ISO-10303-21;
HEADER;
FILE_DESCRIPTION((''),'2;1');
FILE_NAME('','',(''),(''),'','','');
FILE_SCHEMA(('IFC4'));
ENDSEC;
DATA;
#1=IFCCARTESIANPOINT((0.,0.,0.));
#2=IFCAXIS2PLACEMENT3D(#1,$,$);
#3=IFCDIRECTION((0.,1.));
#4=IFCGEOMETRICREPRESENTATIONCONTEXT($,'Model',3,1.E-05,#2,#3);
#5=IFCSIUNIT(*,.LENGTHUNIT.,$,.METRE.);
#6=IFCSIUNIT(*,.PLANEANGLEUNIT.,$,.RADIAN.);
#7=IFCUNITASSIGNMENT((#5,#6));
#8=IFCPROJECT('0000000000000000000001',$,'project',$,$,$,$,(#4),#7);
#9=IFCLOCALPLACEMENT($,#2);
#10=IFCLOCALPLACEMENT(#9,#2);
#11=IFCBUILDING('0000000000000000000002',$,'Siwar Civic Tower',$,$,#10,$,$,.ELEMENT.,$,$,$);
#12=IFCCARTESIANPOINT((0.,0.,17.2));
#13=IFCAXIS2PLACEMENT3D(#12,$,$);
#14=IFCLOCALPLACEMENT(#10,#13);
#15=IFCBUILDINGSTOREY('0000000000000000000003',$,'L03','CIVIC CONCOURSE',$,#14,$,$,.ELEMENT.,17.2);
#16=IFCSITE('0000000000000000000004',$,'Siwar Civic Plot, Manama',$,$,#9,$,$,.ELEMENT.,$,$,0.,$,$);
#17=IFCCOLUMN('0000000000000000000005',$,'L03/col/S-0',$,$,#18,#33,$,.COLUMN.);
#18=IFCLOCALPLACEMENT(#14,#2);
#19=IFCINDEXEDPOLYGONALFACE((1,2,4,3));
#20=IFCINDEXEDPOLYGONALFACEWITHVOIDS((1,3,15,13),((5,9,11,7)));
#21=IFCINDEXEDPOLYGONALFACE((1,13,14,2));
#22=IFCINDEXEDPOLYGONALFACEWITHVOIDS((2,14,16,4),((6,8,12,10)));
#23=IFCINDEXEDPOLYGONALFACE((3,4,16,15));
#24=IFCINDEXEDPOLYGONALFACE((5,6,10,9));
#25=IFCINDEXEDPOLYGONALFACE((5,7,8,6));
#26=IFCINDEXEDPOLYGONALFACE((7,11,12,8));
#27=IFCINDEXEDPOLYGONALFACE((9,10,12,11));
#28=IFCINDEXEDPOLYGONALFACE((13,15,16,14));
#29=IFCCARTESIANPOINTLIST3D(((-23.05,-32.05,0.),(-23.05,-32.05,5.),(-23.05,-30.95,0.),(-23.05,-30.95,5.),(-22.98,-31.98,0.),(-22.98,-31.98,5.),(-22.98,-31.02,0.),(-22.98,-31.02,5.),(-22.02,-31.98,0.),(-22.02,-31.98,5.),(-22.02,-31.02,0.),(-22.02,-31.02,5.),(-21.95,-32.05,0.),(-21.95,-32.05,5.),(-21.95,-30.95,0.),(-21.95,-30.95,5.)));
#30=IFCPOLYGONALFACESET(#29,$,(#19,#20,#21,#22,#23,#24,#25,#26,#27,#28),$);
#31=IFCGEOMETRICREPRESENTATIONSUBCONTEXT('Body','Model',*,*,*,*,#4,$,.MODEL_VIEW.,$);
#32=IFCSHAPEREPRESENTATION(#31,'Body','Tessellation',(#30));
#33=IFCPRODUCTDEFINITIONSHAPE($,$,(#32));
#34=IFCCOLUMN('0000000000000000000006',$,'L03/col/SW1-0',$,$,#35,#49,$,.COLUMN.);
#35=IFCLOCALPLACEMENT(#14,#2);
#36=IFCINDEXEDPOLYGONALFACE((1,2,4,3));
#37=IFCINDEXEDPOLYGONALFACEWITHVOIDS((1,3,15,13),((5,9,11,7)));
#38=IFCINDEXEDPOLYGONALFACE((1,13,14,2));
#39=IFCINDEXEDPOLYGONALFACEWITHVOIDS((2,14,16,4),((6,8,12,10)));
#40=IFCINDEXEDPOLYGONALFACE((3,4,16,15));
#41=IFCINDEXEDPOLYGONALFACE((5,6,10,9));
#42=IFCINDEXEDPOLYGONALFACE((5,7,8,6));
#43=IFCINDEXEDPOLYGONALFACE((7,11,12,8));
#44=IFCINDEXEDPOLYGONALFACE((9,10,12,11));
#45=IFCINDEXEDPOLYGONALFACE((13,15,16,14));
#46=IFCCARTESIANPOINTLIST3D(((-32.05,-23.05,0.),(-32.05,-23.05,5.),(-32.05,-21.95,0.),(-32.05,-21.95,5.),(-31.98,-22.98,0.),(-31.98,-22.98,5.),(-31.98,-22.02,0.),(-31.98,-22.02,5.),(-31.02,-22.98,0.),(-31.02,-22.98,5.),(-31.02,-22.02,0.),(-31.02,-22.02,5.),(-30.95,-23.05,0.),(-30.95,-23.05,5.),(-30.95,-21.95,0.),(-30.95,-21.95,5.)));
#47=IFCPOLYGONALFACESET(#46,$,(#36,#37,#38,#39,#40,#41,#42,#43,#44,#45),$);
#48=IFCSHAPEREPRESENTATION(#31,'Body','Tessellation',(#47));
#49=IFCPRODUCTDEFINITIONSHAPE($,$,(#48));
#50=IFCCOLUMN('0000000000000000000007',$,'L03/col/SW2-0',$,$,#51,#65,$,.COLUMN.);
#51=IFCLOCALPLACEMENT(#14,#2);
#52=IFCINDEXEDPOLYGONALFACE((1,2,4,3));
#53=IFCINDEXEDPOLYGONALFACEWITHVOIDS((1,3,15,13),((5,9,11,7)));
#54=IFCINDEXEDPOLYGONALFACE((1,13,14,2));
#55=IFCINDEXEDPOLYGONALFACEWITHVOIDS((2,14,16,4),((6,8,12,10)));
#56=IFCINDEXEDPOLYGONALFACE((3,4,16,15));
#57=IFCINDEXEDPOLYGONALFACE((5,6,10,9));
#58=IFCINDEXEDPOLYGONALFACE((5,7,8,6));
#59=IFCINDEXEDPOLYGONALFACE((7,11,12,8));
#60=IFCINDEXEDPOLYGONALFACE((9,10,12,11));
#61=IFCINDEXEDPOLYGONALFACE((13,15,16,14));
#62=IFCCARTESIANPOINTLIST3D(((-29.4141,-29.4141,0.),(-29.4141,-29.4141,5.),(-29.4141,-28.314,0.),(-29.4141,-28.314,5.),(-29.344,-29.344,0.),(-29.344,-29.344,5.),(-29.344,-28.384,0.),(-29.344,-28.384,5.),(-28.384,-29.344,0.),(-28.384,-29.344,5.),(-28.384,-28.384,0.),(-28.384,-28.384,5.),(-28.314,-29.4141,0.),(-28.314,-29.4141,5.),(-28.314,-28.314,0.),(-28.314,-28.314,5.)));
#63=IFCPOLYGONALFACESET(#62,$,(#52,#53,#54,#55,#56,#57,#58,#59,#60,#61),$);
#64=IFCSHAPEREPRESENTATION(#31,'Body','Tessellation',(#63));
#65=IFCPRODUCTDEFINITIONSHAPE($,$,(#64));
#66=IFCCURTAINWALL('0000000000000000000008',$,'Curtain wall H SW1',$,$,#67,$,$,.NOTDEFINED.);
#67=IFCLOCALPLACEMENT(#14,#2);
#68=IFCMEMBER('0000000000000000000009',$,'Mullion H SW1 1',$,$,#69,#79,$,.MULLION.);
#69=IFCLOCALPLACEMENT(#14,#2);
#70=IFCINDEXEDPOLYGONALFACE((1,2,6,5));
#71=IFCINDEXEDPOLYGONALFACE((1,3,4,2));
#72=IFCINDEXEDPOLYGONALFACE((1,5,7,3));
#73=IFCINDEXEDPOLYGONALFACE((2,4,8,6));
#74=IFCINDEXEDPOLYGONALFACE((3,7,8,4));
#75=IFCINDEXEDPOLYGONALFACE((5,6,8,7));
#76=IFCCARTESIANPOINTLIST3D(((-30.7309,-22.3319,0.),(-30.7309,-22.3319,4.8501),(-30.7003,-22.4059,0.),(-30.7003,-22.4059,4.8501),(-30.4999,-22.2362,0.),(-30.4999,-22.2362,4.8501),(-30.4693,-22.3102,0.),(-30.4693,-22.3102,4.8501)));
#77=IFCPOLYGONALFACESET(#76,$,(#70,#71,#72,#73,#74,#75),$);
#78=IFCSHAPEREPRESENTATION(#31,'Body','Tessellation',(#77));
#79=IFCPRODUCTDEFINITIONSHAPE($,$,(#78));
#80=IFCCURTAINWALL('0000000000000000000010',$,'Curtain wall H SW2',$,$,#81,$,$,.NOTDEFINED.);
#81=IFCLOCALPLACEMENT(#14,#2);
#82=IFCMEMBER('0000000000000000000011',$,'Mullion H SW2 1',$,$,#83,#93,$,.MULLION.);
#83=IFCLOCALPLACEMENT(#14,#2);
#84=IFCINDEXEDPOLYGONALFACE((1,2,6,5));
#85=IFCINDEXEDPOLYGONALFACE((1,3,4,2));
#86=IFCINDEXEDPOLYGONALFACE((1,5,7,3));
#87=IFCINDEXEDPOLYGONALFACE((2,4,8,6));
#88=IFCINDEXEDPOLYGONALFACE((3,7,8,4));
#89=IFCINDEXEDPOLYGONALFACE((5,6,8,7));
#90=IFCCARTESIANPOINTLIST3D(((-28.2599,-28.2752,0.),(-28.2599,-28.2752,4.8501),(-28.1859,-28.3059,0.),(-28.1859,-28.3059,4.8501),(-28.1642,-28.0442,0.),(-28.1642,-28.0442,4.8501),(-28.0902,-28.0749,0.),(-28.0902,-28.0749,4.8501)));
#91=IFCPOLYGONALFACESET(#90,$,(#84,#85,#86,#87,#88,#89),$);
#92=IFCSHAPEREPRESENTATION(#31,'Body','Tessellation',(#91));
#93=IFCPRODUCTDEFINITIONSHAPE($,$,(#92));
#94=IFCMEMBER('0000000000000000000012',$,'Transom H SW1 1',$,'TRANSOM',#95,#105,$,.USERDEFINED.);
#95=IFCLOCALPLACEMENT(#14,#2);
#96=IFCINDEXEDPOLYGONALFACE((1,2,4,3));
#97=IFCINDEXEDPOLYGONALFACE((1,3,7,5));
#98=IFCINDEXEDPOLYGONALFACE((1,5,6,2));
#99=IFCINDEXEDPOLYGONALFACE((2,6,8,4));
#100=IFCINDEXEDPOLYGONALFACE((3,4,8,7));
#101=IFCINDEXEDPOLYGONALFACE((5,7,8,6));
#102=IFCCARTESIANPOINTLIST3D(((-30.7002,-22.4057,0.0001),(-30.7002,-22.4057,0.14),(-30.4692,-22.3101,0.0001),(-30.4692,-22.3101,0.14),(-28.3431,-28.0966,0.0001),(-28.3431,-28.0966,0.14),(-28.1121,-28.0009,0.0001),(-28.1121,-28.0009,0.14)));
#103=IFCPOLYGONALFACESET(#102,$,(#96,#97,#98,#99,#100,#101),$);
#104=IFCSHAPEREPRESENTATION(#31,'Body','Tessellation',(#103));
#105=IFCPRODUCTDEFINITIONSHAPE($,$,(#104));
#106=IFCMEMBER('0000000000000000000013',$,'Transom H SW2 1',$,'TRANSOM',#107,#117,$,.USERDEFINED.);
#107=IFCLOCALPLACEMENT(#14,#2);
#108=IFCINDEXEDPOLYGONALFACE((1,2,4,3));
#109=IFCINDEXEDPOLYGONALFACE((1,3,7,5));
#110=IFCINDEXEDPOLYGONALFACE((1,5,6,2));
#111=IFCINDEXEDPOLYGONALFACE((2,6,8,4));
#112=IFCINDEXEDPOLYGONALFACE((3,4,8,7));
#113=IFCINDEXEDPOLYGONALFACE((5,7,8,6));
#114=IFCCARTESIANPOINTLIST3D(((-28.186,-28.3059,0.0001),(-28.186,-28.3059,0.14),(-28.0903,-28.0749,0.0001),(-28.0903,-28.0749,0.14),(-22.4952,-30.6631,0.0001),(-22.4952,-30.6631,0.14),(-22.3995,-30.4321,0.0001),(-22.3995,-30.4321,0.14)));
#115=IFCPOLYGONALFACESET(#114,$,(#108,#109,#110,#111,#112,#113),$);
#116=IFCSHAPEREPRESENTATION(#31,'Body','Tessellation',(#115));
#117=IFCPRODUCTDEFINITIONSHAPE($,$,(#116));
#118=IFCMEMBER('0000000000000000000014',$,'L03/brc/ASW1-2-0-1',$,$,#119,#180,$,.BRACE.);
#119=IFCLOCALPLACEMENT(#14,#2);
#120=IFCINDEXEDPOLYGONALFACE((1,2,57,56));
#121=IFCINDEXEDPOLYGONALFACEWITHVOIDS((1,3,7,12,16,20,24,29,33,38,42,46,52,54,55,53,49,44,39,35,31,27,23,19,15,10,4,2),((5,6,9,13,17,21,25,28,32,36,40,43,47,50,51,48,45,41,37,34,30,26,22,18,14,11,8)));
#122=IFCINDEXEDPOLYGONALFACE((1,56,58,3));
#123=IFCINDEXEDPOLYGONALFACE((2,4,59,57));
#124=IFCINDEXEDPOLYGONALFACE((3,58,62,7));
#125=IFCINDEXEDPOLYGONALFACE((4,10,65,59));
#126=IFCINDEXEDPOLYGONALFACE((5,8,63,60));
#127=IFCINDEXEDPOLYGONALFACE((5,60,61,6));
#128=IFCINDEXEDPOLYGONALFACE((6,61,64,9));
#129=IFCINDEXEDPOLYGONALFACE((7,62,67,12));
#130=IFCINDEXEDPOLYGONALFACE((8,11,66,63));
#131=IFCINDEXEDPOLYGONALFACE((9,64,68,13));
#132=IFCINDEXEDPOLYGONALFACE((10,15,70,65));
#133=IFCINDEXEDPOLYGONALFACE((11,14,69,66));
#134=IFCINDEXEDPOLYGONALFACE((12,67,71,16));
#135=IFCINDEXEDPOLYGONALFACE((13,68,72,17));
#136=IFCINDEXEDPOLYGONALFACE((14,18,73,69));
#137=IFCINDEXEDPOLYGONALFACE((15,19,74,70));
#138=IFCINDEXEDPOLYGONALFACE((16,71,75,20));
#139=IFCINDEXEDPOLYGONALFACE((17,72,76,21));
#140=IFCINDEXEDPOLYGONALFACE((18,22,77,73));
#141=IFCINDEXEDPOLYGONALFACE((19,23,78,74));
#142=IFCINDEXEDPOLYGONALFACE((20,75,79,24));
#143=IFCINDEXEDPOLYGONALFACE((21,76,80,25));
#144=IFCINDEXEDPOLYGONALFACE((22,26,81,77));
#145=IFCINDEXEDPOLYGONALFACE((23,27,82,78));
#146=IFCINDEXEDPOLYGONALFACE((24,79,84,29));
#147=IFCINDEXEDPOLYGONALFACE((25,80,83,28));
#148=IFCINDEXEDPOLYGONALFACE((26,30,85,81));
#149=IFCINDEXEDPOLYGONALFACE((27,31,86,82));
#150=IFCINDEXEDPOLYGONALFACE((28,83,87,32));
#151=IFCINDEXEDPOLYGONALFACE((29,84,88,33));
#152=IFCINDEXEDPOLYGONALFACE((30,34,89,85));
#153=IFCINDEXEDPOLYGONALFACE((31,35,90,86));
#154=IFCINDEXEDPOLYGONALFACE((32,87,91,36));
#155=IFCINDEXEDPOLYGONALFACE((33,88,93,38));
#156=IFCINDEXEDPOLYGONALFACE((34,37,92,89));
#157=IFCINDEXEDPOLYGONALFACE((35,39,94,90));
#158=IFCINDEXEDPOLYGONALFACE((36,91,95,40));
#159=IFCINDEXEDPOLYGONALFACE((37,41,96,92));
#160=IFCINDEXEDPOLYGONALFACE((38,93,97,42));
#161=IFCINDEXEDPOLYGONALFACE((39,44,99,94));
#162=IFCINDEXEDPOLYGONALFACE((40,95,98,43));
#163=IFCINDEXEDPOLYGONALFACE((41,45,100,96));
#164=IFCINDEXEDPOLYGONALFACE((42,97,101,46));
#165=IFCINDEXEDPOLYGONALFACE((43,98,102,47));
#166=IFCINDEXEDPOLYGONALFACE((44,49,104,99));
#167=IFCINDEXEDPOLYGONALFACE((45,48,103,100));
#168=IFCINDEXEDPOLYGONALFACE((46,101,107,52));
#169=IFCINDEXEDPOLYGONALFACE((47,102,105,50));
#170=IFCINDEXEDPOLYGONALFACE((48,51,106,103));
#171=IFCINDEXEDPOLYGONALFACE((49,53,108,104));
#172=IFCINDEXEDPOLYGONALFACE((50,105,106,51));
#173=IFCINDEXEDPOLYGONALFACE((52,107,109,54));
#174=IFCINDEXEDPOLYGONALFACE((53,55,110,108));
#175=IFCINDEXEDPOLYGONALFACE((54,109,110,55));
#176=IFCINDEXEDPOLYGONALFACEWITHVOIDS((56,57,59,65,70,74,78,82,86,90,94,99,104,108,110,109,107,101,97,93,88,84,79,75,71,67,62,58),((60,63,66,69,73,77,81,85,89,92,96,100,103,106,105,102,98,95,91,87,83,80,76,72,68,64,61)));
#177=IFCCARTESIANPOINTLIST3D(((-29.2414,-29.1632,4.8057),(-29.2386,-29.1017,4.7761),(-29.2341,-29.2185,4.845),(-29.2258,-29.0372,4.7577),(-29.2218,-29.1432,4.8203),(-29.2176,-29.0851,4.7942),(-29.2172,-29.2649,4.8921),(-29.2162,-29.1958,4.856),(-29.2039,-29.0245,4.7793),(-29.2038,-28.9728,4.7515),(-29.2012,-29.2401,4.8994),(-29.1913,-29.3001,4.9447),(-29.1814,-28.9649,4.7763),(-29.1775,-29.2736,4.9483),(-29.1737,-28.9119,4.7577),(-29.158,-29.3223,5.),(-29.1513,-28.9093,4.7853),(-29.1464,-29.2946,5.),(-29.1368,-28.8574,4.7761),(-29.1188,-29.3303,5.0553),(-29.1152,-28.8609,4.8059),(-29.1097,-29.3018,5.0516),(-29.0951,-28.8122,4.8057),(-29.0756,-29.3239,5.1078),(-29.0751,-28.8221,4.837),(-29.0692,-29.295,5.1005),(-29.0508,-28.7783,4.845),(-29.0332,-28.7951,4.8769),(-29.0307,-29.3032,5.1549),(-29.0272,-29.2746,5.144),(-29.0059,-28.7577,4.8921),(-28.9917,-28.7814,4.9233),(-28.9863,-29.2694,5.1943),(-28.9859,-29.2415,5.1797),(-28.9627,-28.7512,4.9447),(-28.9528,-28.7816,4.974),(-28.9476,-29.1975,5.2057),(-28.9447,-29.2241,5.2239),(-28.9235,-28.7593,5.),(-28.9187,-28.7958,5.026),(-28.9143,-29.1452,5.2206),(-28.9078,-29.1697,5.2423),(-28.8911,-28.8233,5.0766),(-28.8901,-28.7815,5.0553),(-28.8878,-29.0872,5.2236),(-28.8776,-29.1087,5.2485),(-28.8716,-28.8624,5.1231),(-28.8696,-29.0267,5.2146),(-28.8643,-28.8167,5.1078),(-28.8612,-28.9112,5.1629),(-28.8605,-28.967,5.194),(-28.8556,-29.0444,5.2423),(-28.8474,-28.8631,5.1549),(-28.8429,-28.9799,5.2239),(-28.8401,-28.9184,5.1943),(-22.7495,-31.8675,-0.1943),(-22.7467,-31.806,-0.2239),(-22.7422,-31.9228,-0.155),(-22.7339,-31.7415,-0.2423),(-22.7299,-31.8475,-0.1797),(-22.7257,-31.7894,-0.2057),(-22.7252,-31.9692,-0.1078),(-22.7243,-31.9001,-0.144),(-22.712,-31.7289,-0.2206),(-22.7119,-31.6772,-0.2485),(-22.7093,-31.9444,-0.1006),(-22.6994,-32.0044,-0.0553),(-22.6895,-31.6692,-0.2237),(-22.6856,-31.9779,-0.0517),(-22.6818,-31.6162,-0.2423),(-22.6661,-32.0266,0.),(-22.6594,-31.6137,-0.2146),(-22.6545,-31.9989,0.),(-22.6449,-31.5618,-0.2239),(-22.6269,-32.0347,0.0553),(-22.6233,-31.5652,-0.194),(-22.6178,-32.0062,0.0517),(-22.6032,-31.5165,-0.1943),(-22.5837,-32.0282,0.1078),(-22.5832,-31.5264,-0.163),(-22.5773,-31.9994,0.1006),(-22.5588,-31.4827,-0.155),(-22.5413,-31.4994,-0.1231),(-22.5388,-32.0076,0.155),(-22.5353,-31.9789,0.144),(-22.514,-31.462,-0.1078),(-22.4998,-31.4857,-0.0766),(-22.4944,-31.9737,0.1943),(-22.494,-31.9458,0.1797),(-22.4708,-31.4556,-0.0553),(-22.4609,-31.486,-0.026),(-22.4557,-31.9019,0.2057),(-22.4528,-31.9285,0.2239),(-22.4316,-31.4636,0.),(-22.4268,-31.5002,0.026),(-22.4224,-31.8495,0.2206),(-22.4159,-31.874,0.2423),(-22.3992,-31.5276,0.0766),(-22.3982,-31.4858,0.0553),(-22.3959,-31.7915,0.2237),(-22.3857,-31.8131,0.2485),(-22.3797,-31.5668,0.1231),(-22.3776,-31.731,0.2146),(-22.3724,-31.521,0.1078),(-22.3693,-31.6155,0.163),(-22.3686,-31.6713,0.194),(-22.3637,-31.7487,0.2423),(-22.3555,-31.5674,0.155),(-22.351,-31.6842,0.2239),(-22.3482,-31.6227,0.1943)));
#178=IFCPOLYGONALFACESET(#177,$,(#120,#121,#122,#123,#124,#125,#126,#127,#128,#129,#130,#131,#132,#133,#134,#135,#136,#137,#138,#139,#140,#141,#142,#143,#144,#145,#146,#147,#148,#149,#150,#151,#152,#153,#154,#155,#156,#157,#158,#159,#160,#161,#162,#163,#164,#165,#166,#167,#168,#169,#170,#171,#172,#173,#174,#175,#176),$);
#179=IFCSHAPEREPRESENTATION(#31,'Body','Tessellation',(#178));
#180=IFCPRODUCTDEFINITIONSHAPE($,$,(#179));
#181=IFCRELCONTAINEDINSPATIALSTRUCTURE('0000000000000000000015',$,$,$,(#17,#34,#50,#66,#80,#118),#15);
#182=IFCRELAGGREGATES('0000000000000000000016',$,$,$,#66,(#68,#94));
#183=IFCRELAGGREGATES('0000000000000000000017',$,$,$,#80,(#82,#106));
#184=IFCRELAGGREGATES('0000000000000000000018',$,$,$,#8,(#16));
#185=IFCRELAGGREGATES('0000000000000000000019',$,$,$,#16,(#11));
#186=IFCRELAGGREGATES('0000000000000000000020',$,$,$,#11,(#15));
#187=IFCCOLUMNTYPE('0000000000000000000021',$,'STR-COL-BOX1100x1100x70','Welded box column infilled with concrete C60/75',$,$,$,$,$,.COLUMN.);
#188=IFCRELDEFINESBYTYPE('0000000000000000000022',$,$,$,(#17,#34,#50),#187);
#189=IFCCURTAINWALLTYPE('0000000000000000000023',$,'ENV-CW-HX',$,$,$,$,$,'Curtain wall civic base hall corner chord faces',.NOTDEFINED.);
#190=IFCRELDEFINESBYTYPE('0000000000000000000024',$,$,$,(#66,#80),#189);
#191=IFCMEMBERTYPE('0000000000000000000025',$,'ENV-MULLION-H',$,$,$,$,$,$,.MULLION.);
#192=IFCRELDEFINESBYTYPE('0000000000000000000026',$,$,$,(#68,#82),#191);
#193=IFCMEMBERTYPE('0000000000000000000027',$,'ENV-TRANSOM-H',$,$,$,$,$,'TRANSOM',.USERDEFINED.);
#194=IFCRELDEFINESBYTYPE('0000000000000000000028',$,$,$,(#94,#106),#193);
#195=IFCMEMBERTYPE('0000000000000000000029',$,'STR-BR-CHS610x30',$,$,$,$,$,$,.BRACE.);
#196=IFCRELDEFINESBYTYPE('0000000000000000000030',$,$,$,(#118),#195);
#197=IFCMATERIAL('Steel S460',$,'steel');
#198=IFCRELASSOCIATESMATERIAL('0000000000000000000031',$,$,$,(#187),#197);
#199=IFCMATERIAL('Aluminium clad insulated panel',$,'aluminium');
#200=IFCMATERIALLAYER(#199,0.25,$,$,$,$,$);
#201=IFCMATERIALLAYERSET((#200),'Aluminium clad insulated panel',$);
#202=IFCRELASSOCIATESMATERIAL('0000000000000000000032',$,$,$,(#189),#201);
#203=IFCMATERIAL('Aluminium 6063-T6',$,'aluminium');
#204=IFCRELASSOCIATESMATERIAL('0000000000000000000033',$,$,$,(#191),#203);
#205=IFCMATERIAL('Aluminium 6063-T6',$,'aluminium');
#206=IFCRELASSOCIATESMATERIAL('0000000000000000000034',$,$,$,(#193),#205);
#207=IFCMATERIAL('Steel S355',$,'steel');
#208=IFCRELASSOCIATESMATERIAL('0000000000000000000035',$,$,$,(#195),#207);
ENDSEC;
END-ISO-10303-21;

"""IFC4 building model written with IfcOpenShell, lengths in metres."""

from ifc_helpers import new_model, si_unit, direction, frame, origin, origin_2d, place, context, subcontext, project, spatial, rectangle, hollow_rectangle, hollow_circle, extrude, material, layer, layer_set, material_profile, profile_set, type_object, element, aggregate, save


model = new_model("IFC4")

# Units and contexts
model_context = context("Model", 3, precision=1e-05, world=origin(), true_north=direction((0.0, 1.0)))
body_context = subcontext(model_context, "Body", "Model", "MODEL_VIEW")
ifc_project = project(units=[si_unit("LENGTHUNIT", "METRE"), si_unit("PLANEANGLEUNIT", "RADIAN")], contexts=[model_context])

# Site, building, storey
site_placement = place(None, origin())
site = spatial("IfcSite", under=ifc_project, at=site_placement, Name="Siwar Civic Plot, Manama", CompositionType="ELEMENT", RefElevation=0.0)
building_placement = place(site_placement, origin())
building = spatial("IfcBuilding", under=site, at=building_placement, Name="Siwar Civic Tower", CompositionType="ELEMENT")
storey_placement = place(building_placement, frame((0.0, 0.0, 17.2)))
storey = spatial("IfcBuildingStorey", under=building, at=storey_placement, Name="L03", Description="CIVIC CONCOURSE", CompositionType="ELEMENT", Elevation=17.2)

# Columns
ifc_material_1 = material(Name="Steel S460", Category="steel")
ifc_material_profile_1 = material_profile(ifc_material_1, hollow_rectangle(XDim=1.1001, YDim=1.1001, WallThickness=0.0701, at=origin_2d()), Name="BOX1100x1100x70")
ifc_profile_set_1 = profile_set([ifc_material_profile_1], Name="Steel S460")
column_type = type_object("IfcColumnType", Name="STR-COL-BOX1100x1100x70", Description="Welded box column infilled with concrete C60/75", PredefinedType="COLUMN", material=ifc_profile_set_1)
for number, where, z_axis, x_axis, name in (
    (1, (-22.5, -31.5, 0.0), (0.0, 0.0, 1.0), (1.0, 0.0, 0.0), "L03/col/S-0"),
    (2, (-31.5, -22.5, 0.0), (0.0, 0.0, 1.0), (1.0, 0.0, 0.0), "L03/col/SW1-0"),
    (3, (-28.864, -28.864, 0.0), (0.0, 0.0, 1.0), (1.0, 0.0, 0.0), "L03/col/SW2-0"),
):
    element("IfcColumn", number, at=place(storey_placement, frame(where, z_axis=z_axis, x_axis=x_axis)), inside=storey, type_object=column_type, Name=name, PredefinedType="COLUMN", context=body_context, shape_type="SweptSolid", body=[
        extrude(hollow_rectangle(XDim=1.1001, YDim=1.1001, WallThickness=0.0701, at=origin_2d()), origin(), (0.0, 0.0, 1.0), 5.0),
    ])

# Curtain walls, members
ifc_material_2 = material(Name="Aluminium clad insulated panel", Category="aluminium")
ifc_layer_1 = layer(ifc_material_2, 0.25)
ifc_layer_set_1 = layer_set([ifc_layer_1], Name="Aluminium clad insulated panel")
curtain_wall_type_1 = type_object("IfcCurtainWallType", Name="ENV-CW-HX", ElementType="Curtain wall civic base hall corner chord faces", PredefinedType="NOTDEFINED", material=ifc_layer_set_1)
curtain_wall_1_placement = place(storey_placement, origin())
curtain_wall_1 = element("IfcCurtainWall", 4, at=curtain_wall_1_placement, inside=storey, type_object=curtain_wall_type_1, Name="Curtain wall H SW1", PredefinedType="NOTDEFINED")
ifc_material_3 = material(Name="Aluminium 6063-T6", Category="aluminium")
ifc_material_profile_2 = material_profile(ifc_material_3, rectangle(XDim=0.25, YDim=0.0801, at=origin_2d()), Name="AL 250x80")
ifc_profile_set_2 = profile_set([ifc_material_profile_2], Name="Aluminium 6063-T6")
member_type_1 = type_object("IfcMemberType", Name="ENV-MULLION-H", PredefinedType="MULLION", material=ifc_profile_set_2)
member_1_placement = place(storey_placement, frame((-30.6001, -22.321, 0.0), z_axis=(0.0, 0.0, 1.0), x_axis=(0.92388, 0.382683, 0.0)))
member_1 = element("IfcMember", 5, at=member_1_placement, type_object=member_type_1, Name="Mullion H SW1 1", PredefinedType="MULLION", context=body_context, shape_type="SweptSolid", body=[
    extrude(rectangle(XDim=0.25, YDim=0.0801, at=origin_2d()), origin(), (0.0, 0.0, 1.0), 4.8501),
])
curtain_wall_2_placement = place(storey_placement, origin())
curtain_wall_2 = element("IfcCurtainWall", 6, at=curtain_wall_2_placement, inside=storey, type_object=curtain_wall_type_1, Name="Curtain wall H SW2", PredefinedType="NOTDEFINED")
member_2_placement = place(storey_placement, frame((-28.175, -28.175, 0.0), z_axis=(0.0, 0.0, 1.0), x_axis=(0.382683, 0.92388, 0.0)))
member_2 = element("IfcMember", 7, at=member_2_placement, type_object=member_type_1, Name="Mullion H SW2 1", PredefinedType="MULLION", context=body_context, shape_type="SweptSolid", body=[
    extrude(rectangle(XDim=0.25, YDim=0.0801, at=origin_2d()), origin(), (0.0, 0.0, 1.0), 4.8501),
])

# Members
ifc_material_4 = material(Name="Aluminium 6063-T6", Category="aluminium")
ifc_material_profile_3 = material_profile(ifc_material_4, rectangle(XDim=0.25, YDim=0.1399, at=origin_2d()), Name="AL 250x140")
ifc_profile_set_3 = profile_set([ifc_material_profile_3], Name="Aluminium 6063-T6")
member_type_2 = type_object("IfcMemberType", Name="ENV-TRANSOM-H", ElementType="TRANSOM", PredefinedType="USERDEFINED", material=ifc_profile_set_3)
member_3_placement = place(storey_placement, frame((-30.5847, -22.3579, 0.0701), z_axis=(0.382673, -0.923884, 0.0), x_axis=(0.923884, 0.382673, 0.0)))
member_3 = element("IfcMember", 8, at=member_3_placement, type_object=member_type_2, Name="Transom H SW1 1", ObjectType="TRANSOM", PredefinedType="USERDEFINED", context=body_context, shape_type="SweptSolid", body=[
    extrude(rectangle(XDim=0.25, YDim=0.1399, at=origin_2d()), origin(), (0.0, 0.0, 1.0), 6.1597),
])
member_4_placement = place(storey_placement, frame((-28.1382, -28.1904, 0.0701), z_axis=(0.923884, -0.382673, 0.0), x_axis=(0.382673, 0.923884, 0.0)))
member_4 = element("IfcMember", 9, at=member_4_placement, type_object=member_type_2, Name="Transom H SW2 1", ObjectType="TRANSOM", PredefinedType="USERDEFINED", context=body_context, shape_type="SweptSolid", body=[
    extrude(rectangle(XDim=0.25, YDim=0.1399, at=origin_2d()), origin(), (0.0, 0.0, 1.0), 6.1597),
])

# Member
ifc_material_5 = material(Name="Steel S355", Category="steel")
ifc_material_profile_4 = material_profile(ifc_material_5, hollow_circle(Radius=0.3049, WallThickness=0.03, at=origin_2d()), Name="CHS610x30")
ifc_profile_set_4 = profile_set([ifc_material_profile_4], Name="Steel S355")
member_type_3 = type_object("IfcMemberType", Name="STR-BR-CHS610x30", PredefinedType="BRACE", material=ifc_profile_set_4)
member_5_placement = place(storey_placement, frame((-22.5488, -31.7451, 0.0), z_axis=(-0.752344, 0.313404, 0.579445), x_axis=(-0.384539, -0.923109, 0.0)))
element("IfcMember", 10, at=member_5_placement, inside=storey, type_object=member_type_3, Name="L03/brc/ASW1-2-0-1", PredefinedType="BRACE", context=body_context, shape_type="SweptSolid", body=[
    extrude(hollow_circle(Radius=0.3049, WallThickness=0.03, at=origin_2d()), origin(), (0.0, 0.0, 1.0), 8.6289),
])

aggregate(curtain_wall_1, [member_1, member_3])
aggregate(curtain_wall_2, [member_2, member_4])

save(model, "model.ifc")
